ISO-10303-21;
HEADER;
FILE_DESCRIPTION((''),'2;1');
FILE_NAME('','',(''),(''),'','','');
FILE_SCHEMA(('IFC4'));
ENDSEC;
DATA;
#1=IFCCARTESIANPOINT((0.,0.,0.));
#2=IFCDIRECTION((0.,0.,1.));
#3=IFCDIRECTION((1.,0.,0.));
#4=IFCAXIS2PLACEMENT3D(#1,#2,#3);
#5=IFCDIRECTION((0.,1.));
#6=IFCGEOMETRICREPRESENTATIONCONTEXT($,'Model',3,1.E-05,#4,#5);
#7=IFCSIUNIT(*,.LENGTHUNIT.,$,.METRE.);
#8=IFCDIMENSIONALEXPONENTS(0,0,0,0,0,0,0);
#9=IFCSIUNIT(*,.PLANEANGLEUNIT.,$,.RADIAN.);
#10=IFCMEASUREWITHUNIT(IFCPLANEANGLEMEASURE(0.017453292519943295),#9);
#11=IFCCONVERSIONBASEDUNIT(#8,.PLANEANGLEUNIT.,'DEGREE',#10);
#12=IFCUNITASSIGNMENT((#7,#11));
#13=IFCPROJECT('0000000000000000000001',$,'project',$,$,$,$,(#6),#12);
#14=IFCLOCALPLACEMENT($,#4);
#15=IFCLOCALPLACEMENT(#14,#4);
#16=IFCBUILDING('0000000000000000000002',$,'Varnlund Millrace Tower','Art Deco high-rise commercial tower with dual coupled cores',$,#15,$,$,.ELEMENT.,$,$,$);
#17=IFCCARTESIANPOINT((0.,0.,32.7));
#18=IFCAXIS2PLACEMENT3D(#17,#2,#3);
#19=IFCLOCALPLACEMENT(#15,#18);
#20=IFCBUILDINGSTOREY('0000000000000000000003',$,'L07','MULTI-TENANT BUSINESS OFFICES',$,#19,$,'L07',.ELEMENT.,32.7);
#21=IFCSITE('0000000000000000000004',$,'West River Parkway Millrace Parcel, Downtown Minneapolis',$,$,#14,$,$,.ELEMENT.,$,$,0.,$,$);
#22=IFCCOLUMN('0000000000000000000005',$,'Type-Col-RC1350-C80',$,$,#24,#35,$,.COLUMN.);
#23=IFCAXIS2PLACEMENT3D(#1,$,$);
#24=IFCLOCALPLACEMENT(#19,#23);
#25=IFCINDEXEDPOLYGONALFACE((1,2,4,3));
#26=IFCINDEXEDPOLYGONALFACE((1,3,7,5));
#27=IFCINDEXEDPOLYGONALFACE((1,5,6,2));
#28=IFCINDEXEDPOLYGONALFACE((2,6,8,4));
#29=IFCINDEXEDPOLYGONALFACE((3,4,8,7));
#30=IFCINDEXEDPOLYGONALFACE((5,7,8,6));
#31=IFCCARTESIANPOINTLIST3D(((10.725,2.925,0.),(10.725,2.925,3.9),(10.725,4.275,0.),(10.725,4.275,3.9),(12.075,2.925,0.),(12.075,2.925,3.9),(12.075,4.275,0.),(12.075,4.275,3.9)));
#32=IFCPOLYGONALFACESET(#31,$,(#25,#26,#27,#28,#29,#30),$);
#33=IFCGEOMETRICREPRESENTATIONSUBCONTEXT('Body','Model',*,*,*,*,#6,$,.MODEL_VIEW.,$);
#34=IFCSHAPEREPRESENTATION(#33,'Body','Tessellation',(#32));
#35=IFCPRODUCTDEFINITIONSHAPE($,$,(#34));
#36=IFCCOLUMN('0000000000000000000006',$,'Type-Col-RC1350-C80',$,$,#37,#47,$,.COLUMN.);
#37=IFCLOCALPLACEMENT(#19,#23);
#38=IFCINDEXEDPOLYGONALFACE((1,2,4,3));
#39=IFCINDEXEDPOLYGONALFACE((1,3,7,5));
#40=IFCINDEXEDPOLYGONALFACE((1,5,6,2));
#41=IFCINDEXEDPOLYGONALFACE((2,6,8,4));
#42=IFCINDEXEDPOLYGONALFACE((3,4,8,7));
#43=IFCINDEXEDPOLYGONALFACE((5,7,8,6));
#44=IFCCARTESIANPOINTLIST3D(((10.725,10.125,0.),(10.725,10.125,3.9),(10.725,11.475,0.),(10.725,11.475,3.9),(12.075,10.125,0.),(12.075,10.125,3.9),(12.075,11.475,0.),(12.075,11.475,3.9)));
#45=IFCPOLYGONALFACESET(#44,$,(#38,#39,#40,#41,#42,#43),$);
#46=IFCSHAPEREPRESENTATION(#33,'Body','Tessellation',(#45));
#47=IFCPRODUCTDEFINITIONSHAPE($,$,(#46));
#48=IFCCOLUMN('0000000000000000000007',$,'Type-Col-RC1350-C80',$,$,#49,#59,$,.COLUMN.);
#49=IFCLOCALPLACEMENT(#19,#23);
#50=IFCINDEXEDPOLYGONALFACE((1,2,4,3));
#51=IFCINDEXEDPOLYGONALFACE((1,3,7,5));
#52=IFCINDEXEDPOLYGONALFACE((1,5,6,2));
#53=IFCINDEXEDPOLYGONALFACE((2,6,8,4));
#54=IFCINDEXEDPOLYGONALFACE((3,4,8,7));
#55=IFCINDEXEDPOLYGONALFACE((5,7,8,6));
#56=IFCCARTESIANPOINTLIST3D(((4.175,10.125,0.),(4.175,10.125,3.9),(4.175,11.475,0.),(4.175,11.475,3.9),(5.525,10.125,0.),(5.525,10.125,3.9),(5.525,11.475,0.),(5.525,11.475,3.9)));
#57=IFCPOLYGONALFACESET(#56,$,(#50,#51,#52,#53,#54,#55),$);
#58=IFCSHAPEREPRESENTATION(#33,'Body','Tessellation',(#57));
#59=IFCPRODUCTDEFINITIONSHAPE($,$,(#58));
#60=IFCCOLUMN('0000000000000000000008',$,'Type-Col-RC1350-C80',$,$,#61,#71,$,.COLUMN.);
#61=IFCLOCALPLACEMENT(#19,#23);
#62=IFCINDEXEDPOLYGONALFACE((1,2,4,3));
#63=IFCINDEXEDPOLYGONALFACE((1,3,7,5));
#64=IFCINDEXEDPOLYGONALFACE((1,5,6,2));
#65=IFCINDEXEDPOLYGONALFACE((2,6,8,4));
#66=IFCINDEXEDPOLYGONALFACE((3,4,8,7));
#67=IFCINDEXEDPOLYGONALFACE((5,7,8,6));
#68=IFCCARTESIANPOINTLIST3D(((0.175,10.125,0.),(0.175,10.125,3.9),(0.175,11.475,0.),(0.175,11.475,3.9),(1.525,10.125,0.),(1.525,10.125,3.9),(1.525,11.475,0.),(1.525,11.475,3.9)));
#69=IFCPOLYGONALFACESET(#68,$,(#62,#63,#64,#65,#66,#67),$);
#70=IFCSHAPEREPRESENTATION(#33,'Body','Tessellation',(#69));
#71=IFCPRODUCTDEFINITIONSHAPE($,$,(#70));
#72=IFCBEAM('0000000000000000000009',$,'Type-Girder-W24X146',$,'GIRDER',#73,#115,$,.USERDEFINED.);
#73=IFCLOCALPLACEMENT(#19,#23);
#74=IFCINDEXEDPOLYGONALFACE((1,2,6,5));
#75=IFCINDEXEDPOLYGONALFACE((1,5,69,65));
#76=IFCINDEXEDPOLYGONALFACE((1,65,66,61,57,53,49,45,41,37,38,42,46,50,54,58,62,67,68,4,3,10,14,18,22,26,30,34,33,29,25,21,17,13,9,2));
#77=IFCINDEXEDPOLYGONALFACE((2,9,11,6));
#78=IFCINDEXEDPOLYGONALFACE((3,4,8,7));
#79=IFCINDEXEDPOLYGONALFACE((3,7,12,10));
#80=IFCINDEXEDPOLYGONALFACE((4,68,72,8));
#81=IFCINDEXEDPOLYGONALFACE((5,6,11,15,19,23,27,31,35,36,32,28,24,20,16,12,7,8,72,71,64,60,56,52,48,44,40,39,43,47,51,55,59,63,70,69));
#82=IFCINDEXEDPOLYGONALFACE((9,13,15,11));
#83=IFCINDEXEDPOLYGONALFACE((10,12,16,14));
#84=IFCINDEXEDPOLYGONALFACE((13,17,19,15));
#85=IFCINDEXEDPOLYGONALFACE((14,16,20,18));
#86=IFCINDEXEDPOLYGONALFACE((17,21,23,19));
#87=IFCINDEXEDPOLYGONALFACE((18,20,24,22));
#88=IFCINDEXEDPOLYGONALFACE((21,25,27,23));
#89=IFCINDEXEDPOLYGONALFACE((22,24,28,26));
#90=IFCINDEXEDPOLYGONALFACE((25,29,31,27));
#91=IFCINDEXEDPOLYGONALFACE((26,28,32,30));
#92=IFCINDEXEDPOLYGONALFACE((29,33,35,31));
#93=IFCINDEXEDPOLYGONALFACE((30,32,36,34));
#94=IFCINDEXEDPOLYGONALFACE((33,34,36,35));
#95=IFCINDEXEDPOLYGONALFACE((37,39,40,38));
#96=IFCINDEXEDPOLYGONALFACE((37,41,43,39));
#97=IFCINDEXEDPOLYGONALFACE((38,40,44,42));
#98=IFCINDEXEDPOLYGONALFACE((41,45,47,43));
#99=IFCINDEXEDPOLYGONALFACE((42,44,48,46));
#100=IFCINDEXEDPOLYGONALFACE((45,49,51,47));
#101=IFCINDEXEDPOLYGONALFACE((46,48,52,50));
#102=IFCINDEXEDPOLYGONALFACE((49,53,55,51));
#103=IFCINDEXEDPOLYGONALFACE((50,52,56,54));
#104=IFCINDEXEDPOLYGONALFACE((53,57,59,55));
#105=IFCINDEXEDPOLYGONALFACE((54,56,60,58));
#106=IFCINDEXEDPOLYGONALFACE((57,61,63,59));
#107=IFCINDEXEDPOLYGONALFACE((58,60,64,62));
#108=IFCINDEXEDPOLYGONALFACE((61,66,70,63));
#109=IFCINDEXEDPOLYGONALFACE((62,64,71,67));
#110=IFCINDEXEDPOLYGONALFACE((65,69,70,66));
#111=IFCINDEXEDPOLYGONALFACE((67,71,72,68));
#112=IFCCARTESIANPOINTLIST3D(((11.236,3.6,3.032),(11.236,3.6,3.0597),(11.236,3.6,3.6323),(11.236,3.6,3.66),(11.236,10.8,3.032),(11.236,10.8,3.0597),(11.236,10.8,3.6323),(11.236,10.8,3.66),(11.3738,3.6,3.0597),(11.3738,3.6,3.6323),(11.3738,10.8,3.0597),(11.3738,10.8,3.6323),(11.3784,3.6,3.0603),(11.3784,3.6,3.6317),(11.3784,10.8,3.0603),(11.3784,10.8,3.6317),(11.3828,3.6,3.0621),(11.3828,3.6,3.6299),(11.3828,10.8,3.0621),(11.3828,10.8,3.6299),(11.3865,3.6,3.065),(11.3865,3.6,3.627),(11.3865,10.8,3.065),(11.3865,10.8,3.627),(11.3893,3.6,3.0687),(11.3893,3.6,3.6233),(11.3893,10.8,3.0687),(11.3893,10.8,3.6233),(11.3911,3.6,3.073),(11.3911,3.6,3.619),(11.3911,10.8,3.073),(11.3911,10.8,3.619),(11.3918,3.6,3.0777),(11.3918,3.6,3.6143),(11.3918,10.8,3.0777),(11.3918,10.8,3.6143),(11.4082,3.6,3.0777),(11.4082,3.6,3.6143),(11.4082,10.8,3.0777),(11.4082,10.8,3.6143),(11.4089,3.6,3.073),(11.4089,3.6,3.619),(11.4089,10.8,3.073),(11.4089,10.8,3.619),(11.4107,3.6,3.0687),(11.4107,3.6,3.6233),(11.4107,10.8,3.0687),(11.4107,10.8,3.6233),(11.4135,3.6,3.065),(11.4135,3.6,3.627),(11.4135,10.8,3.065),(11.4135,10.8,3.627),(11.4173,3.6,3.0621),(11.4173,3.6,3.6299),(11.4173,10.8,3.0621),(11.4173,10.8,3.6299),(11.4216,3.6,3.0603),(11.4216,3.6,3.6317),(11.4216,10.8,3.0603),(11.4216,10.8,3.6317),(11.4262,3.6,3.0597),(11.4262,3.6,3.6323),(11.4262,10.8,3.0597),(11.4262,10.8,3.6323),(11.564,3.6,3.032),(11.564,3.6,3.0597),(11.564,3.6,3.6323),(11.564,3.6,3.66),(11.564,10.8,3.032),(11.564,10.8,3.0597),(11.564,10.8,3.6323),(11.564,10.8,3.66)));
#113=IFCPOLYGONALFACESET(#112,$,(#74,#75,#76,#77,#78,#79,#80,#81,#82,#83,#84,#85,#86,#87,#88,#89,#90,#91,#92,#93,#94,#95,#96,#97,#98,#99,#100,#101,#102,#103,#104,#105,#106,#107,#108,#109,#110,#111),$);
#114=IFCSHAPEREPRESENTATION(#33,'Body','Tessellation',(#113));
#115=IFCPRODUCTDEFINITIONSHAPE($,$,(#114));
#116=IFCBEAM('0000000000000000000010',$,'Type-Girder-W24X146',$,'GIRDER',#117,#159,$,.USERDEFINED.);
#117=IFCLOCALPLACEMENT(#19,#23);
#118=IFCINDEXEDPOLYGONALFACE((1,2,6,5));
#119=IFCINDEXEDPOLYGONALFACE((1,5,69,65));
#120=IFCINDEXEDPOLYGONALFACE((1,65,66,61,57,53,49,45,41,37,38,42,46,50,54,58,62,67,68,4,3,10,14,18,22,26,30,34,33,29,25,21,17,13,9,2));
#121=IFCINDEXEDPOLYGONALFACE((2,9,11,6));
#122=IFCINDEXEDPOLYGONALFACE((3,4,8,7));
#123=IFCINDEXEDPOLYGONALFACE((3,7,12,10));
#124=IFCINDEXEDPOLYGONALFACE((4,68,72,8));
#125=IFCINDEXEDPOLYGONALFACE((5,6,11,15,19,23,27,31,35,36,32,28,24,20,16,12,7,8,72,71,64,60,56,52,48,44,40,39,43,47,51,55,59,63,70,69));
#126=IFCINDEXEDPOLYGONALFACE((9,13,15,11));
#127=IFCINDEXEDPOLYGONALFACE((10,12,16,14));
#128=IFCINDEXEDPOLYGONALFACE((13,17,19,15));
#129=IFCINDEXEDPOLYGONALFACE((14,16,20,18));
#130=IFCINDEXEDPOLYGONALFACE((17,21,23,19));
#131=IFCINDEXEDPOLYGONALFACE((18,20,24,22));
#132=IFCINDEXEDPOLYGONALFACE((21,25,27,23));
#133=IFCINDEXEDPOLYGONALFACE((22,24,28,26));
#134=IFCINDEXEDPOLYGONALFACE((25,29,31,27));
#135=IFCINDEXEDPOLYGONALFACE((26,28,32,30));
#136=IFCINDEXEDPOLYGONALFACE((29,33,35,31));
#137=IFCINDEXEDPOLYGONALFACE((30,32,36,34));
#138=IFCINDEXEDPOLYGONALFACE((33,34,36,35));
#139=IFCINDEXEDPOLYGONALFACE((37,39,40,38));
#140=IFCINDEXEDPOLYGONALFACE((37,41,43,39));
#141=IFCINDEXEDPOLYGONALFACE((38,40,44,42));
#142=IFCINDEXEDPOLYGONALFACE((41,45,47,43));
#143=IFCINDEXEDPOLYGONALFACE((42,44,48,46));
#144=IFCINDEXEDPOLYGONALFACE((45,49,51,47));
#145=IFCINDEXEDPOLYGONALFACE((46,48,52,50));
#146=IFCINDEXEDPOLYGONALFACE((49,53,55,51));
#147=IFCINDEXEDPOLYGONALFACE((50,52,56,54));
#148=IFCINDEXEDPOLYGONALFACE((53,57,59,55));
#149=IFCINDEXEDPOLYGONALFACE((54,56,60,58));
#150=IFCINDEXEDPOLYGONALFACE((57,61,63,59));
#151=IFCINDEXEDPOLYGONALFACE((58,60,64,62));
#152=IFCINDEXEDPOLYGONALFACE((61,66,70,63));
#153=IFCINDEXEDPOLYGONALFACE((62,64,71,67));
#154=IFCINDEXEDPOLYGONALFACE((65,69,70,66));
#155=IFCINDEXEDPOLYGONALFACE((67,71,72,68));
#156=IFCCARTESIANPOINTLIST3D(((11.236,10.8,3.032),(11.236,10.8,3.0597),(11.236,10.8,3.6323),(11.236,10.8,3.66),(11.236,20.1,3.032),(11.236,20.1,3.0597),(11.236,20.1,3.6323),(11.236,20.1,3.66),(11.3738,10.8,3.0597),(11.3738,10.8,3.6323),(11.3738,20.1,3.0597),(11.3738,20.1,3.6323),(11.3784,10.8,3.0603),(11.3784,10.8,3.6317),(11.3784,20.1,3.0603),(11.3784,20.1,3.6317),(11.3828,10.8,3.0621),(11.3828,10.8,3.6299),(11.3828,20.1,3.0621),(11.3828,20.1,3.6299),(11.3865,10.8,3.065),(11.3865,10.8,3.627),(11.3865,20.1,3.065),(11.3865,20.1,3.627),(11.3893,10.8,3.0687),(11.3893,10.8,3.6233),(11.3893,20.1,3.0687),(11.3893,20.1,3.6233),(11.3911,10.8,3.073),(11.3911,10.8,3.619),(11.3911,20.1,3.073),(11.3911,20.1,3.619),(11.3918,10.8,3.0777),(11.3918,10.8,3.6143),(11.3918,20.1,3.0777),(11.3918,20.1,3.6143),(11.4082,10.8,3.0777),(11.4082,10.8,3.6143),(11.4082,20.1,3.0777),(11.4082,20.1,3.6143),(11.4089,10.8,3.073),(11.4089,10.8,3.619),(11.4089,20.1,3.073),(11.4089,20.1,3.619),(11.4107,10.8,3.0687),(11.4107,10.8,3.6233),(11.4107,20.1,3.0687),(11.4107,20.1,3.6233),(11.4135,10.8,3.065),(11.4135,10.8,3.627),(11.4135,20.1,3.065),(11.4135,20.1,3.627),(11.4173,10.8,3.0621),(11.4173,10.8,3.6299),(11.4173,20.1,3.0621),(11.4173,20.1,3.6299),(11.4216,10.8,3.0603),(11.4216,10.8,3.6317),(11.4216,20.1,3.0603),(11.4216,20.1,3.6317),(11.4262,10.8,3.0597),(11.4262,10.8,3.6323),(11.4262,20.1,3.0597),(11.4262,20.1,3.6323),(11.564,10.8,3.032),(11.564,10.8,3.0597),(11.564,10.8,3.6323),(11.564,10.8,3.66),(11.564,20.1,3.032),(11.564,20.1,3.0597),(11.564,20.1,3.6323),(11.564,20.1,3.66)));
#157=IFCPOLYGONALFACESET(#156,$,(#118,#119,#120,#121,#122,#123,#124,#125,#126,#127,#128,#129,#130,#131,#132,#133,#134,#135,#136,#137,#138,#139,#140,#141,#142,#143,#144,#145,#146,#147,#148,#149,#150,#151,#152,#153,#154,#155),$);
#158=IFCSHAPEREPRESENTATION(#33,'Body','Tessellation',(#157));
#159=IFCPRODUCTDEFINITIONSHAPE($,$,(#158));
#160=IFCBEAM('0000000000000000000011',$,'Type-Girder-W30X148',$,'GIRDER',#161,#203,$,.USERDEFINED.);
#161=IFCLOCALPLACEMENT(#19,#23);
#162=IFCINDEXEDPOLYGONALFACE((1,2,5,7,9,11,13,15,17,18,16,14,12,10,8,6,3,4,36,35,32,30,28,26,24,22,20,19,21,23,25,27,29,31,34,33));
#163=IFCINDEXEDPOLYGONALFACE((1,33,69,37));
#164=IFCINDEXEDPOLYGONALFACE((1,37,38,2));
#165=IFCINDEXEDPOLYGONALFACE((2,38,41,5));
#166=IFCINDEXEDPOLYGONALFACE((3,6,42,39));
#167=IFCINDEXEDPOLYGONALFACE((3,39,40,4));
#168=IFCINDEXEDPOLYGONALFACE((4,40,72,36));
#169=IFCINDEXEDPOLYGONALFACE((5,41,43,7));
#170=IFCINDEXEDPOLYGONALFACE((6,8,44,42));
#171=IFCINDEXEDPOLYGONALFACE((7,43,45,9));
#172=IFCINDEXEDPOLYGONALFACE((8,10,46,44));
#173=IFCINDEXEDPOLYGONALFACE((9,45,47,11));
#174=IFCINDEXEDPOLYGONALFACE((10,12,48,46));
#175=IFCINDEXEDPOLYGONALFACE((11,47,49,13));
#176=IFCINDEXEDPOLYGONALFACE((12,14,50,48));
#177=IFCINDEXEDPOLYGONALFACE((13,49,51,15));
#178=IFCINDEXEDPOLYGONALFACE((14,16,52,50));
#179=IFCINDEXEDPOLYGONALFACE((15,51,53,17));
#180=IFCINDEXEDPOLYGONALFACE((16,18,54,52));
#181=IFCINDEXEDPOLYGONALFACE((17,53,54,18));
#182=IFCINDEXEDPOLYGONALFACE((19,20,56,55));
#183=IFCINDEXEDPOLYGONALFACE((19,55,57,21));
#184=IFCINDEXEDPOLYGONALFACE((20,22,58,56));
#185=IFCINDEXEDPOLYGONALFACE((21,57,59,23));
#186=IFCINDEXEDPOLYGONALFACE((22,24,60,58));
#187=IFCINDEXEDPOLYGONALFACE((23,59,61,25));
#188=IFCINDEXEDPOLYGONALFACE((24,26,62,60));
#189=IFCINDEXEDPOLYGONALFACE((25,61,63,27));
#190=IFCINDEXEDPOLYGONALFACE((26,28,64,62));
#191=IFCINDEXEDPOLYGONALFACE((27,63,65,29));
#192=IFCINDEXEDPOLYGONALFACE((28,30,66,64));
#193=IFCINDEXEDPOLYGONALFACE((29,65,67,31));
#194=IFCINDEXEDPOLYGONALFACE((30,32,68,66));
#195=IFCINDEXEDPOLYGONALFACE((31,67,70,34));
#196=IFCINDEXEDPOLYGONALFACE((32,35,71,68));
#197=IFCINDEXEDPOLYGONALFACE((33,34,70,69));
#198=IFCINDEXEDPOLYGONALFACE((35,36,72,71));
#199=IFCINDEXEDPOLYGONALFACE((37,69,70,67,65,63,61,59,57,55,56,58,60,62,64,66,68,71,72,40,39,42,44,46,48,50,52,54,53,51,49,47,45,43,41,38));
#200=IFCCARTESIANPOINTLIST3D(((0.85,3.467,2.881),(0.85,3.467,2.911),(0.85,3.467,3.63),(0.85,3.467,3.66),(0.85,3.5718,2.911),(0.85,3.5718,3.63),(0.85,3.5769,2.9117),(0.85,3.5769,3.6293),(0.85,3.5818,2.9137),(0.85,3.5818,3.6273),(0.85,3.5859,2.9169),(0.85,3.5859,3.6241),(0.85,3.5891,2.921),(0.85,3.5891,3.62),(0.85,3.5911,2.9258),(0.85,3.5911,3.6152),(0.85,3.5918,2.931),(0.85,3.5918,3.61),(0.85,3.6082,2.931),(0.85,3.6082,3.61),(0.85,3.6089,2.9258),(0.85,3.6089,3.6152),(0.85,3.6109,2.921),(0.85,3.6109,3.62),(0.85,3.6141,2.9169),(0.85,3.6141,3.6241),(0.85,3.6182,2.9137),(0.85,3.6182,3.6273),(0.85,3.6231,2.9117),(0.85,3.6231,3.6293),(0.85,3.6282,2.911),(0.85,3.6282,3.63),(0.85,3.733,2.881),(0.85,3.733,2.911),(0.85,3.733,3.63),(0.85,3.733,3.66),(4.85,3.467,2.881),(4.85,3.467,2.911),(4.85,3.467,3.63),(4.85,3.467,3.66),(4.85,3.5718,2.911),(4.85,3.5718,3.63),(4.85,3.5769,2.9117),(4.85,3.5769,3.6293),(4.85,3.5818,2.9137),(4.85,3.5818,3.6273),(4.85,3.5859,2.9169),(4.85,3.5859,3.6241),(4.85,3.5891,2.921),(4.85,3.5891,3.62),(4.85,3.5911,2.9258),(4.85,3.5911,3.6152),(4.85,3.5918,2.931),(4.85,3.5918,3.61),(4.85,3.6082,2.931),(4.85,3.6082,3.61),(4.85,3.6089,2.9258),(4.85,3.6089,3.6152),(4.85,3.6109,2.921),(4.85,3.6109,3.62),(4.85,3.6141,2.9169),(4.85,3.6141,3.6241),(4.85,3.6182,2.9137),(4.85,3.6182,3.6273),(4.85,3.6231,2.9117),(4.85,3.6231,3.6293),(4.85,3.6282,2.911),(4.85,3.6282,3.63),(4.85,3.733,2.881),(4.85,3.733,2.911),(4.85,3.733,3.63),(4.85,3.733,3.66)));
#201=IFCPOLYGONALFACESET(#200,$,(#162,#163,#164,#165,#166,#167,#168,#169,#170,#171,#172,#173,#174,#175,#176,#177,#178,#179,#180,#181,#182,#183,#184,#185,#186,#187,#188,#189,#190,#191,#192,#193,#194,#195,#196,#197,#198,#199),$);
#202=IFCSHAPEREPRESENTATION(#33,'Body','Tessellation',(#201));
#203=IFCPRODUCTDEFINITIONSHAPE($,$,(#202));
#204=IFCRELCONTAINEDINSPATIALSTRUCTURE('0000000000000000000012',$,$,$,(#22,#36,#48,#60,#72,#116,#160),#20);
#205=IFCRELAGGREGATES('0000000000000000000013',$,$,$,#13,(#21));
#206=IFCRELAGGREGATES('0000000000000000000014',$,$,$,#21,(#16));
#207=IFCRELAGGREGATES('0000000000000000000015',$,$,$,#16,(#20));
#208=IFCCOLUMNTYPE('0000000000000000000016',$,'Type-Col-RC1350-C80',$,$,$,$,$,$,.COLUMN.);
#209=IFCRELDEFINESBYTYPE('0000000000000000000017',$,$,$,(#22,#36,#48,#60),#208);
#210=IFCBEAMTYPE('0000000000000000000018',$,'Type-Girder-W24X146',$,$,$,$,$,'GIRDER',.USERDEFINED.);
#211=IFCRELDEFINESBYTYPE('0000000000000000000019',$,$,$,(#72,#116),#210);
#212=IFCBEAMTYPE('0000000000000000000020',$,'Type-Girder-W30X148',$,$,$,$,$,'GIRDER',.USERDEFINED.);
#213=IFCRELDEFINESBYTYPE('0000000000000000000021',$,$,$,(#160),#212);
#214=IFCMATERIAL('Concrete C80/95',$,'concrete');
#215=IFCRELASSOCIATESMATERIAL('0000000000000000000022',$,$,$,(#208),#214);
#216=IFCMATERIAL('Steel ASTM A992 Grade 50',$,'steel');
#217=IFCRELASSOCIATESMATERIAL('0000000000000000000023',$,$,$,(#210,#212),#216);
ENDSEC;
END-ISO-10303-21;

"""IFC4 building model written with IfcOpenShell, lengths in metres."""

from ifc_helpers import new_model, entity, si_unit, converted_unit, direction, frame, origin_with_axes, origin_2d_with_axis, place, context, subcontext, project, spatial, rectangle, i_section, extrude, material, material_profile, profile_set, type_object, element, save


model = new_model("IFC4")

# Units and contexts
model_context = context("Model", 3, precision=1e-05, world=origin_with_axes(), true_north=direction((0.0, 1.0)))
body_context = subcontext(model_context, "Body", "Model", "MODEL_VIEW")
ifc_project = project(units=[si_unit("LENGTHUNIT", "METRE"), converted_unit("PLANEANGLEUNIT", "DEGREE", entity("IfcPlaneAngleMeasure", 0.017453292519943295), si_unit("PLANEANGLEUNIT", "RADIAN"), dimensions=[0, 0, 0, 0, 0, 0, 0])], contexts=[model_context])

# Site, building, storey
site_placement = place(None, origin_with_axes())
site = spatial("IfcSite", under=ifc_project, at=site_placement, Name="West River Parkway Millrace Parcel, Downtown Minneapolis", CompositionType="ELEMENT", RefElevation=0.0)
building_placement = place(site_placement, origin_with_axes())
building = spatial("IfcBuilding", under=site, at=building_placement, Name="Varnlund Millrace Tower", Description="Art Deco high-rise commercial tower with dual coupled cores", CompositionType="ELEMENT")
storey_placement = place(building_placement, frame((0.0, 0.0, 32.7), z_axis=(0.0, 0.0, 1.0), x_axis=(1.0, 0.0, 0.0)))
storey = spatial("IfcBuildingStorey", under=building, at=storey_placement, Name="L07", Description="MULTI-TENANT BUSINESS OFFICES", LongName="L07", CompositionType="ELEMENT", Elevation=32.7)

# Columns
ifc_material_1 = material(Name="Concrete C80/95", Category="concrete")
ifc_material_profile_1 = material_profile(ifc_material_1, rectangle(XDim=1.35, YDim=1.35, at=origin_2d_with_axis()), Name="Concrete C80/95")
ifc_profile_set_1 = profile_set([ifc_material_profile_1], Name="Concrete C80/95")
column_type = type_object("IfcColumnType", Name="Type-Col-RC1350-C80", PredefinedType="COLUMN", material=ifc_profile_set_1)
for number, where, z_axis, x_axis, name in (
    (1, (11.4, 3.6, 0.0), (0.0, 0.0, 1.0), (1.0, 0.0, 0.0), "Type-Col-RC1350-C80"),
    (2, (11.4, 10.8, 0.0), (0.0, 0.0, 1.0), (1.0, 0.0, 0.0), "Type-Col-RC1350-C80"),
    (3, (4.85, 10.8, 0.0), (0.0, 0.0, 1.0), (1.0, 0.0, 0.0), "Type-Col-RC1350-C80"),
    (4, (0.85, 10.8, 0.0), (0.0, 0.0, 1.0), (1.0, 0.0, 0.0), "Type-Col-RC1350-C80"),
):
    element("IfcColumn", number, at=place(storey_placement, frame(where, z_axis=z_axis, x_axis=x_axis)), inside=storey, type_object=column_type, Name=name, PredefinedType="COLUMN", context=body_context, shape_type="SweptSolid", body=[
        extrude(rectangle(XDim=1.35, YDim=1.35, at=origin_2d_with_axis()), origin_with_axes(), (0.0, 0.0, 1.0), 3.9),
    ])

# Beams
ifc_material_2 = material(Name="Steel ASTM A992 Grade 50", Category="steel")
ifc_material_profile_2 = material_profile(ifc_material_2, i_section(OverallWidth=0.328, OverallDepth=0.628, WebThickness=0.0165, FlangeThickness=0.0277, FilletRadius=0.018, at=origin_2d_with_axis()), Name="Steel ASTM A992 Grade 50")
ifc_profile_set_2 = profile_set([ifc_material_profile_2], Name="Steel ASTM A992 Grade 50")
beam_type_1 = type_object("IfcBeamType", Name="Type-Girder-W24X146", ElementType="GIRDER", PredefinedType="USERDEFINED", material=ifc_profile_set_2)
beam_1_placement = place(storey_placement, frame((11.4, 3.6, 3.346), z_axis=(0.0, 1.0, 0.0), x_axis=(-1.0, 0.0, 0.0)))
element("IfcBeam", 5, at=beam_1_placement, inside=storey, type_object=beam_type_1, Name="Type-Girder-W24X146", ObjectType="GIRDER", PredefinedType="USERDEFINED", context=body_context, shape_type="SweptSolid", body=[
    extrude(i_section(OverallWidth=0.328, OverallDepth=0.628, WebThickness=0.0165, FlangeThickness=0.0277, FilletRadius=0.018, at=origin_2d_with_axis()), origin_with_axes(), (0.0, 0.0, 1.0), 7.2),
])
beam_2_placement = place(storey_placement, frame((11.4, 10.8, 3.346), z_axis=(0.0, 1.0, 0.0), x_axis=(-1.0, 0.0, 0.0)))
element("IfcBeam", 6, at=beam_2_placement, inside=storey, type_object=beam_type_1, Name="Type-Girder-W24X146", ObjectType="GIRDER", PredefinedType="USERDEFINED", context=body_context, shape_type="SweptSolid", body=[
    extrude(i_section(OverallWidth=0.328, OverallDepth=0.628, WebThickness=0.0165, FlangeThickness=0.0277, FilletRadius=0.018, at=origin_2d_with_axis()), origin_with_axes(), (0.0, 0.0, 1.0), 9.3),
])
ifc_material_profile_3 = material_profile(ifc_material_2, i_section(OverallWidth=0.266, OverallDepth=0.779, WebThickness=0.0165, FlangeThickness=0.03, FilletRadius=0.02, at=origin_2d_with_axis()), Name="Steel ASTM A992 Grade 50")
ifc_profile_set_3 = profile_set([ifc_material_profile_3], Name="Steel ASTM A992 Grade 50")
beam_type_2 = type_object("IfcBeamType", Name="Type-Girder-W30X148", ElementType="GIRDER", PredefinedType="USERDEFINED", material=ifc_profile_set_3)
beam_3_placement = place(storey_placement, frame((0.85, 3.6, 3.2705), z_axis=(1.0, 0.0, 0.0), x_axis=(0.0, 1.0, 0.0)))
element("IfcBeam", 7, at=beam_3_placement, inside=storey, type_object=beam_type_2, Name="Type-Girder-W30X148", ObjectType="GIRDER", PredefinedType="USERDEFINED", context=body_context, shape_type="SweptSolid", body=[
    extrude(i_section(OverallWidth=0.266, OverallDepth=0.779, WebThickness=0.0165, FlangeThickness=0.03, FilletRadius=0.02, at=origin_2d_with_axis()), origin_with_axes(), (0.0, 0.0, 1.0), 4.0),
])

save(model, "model.ifc")
